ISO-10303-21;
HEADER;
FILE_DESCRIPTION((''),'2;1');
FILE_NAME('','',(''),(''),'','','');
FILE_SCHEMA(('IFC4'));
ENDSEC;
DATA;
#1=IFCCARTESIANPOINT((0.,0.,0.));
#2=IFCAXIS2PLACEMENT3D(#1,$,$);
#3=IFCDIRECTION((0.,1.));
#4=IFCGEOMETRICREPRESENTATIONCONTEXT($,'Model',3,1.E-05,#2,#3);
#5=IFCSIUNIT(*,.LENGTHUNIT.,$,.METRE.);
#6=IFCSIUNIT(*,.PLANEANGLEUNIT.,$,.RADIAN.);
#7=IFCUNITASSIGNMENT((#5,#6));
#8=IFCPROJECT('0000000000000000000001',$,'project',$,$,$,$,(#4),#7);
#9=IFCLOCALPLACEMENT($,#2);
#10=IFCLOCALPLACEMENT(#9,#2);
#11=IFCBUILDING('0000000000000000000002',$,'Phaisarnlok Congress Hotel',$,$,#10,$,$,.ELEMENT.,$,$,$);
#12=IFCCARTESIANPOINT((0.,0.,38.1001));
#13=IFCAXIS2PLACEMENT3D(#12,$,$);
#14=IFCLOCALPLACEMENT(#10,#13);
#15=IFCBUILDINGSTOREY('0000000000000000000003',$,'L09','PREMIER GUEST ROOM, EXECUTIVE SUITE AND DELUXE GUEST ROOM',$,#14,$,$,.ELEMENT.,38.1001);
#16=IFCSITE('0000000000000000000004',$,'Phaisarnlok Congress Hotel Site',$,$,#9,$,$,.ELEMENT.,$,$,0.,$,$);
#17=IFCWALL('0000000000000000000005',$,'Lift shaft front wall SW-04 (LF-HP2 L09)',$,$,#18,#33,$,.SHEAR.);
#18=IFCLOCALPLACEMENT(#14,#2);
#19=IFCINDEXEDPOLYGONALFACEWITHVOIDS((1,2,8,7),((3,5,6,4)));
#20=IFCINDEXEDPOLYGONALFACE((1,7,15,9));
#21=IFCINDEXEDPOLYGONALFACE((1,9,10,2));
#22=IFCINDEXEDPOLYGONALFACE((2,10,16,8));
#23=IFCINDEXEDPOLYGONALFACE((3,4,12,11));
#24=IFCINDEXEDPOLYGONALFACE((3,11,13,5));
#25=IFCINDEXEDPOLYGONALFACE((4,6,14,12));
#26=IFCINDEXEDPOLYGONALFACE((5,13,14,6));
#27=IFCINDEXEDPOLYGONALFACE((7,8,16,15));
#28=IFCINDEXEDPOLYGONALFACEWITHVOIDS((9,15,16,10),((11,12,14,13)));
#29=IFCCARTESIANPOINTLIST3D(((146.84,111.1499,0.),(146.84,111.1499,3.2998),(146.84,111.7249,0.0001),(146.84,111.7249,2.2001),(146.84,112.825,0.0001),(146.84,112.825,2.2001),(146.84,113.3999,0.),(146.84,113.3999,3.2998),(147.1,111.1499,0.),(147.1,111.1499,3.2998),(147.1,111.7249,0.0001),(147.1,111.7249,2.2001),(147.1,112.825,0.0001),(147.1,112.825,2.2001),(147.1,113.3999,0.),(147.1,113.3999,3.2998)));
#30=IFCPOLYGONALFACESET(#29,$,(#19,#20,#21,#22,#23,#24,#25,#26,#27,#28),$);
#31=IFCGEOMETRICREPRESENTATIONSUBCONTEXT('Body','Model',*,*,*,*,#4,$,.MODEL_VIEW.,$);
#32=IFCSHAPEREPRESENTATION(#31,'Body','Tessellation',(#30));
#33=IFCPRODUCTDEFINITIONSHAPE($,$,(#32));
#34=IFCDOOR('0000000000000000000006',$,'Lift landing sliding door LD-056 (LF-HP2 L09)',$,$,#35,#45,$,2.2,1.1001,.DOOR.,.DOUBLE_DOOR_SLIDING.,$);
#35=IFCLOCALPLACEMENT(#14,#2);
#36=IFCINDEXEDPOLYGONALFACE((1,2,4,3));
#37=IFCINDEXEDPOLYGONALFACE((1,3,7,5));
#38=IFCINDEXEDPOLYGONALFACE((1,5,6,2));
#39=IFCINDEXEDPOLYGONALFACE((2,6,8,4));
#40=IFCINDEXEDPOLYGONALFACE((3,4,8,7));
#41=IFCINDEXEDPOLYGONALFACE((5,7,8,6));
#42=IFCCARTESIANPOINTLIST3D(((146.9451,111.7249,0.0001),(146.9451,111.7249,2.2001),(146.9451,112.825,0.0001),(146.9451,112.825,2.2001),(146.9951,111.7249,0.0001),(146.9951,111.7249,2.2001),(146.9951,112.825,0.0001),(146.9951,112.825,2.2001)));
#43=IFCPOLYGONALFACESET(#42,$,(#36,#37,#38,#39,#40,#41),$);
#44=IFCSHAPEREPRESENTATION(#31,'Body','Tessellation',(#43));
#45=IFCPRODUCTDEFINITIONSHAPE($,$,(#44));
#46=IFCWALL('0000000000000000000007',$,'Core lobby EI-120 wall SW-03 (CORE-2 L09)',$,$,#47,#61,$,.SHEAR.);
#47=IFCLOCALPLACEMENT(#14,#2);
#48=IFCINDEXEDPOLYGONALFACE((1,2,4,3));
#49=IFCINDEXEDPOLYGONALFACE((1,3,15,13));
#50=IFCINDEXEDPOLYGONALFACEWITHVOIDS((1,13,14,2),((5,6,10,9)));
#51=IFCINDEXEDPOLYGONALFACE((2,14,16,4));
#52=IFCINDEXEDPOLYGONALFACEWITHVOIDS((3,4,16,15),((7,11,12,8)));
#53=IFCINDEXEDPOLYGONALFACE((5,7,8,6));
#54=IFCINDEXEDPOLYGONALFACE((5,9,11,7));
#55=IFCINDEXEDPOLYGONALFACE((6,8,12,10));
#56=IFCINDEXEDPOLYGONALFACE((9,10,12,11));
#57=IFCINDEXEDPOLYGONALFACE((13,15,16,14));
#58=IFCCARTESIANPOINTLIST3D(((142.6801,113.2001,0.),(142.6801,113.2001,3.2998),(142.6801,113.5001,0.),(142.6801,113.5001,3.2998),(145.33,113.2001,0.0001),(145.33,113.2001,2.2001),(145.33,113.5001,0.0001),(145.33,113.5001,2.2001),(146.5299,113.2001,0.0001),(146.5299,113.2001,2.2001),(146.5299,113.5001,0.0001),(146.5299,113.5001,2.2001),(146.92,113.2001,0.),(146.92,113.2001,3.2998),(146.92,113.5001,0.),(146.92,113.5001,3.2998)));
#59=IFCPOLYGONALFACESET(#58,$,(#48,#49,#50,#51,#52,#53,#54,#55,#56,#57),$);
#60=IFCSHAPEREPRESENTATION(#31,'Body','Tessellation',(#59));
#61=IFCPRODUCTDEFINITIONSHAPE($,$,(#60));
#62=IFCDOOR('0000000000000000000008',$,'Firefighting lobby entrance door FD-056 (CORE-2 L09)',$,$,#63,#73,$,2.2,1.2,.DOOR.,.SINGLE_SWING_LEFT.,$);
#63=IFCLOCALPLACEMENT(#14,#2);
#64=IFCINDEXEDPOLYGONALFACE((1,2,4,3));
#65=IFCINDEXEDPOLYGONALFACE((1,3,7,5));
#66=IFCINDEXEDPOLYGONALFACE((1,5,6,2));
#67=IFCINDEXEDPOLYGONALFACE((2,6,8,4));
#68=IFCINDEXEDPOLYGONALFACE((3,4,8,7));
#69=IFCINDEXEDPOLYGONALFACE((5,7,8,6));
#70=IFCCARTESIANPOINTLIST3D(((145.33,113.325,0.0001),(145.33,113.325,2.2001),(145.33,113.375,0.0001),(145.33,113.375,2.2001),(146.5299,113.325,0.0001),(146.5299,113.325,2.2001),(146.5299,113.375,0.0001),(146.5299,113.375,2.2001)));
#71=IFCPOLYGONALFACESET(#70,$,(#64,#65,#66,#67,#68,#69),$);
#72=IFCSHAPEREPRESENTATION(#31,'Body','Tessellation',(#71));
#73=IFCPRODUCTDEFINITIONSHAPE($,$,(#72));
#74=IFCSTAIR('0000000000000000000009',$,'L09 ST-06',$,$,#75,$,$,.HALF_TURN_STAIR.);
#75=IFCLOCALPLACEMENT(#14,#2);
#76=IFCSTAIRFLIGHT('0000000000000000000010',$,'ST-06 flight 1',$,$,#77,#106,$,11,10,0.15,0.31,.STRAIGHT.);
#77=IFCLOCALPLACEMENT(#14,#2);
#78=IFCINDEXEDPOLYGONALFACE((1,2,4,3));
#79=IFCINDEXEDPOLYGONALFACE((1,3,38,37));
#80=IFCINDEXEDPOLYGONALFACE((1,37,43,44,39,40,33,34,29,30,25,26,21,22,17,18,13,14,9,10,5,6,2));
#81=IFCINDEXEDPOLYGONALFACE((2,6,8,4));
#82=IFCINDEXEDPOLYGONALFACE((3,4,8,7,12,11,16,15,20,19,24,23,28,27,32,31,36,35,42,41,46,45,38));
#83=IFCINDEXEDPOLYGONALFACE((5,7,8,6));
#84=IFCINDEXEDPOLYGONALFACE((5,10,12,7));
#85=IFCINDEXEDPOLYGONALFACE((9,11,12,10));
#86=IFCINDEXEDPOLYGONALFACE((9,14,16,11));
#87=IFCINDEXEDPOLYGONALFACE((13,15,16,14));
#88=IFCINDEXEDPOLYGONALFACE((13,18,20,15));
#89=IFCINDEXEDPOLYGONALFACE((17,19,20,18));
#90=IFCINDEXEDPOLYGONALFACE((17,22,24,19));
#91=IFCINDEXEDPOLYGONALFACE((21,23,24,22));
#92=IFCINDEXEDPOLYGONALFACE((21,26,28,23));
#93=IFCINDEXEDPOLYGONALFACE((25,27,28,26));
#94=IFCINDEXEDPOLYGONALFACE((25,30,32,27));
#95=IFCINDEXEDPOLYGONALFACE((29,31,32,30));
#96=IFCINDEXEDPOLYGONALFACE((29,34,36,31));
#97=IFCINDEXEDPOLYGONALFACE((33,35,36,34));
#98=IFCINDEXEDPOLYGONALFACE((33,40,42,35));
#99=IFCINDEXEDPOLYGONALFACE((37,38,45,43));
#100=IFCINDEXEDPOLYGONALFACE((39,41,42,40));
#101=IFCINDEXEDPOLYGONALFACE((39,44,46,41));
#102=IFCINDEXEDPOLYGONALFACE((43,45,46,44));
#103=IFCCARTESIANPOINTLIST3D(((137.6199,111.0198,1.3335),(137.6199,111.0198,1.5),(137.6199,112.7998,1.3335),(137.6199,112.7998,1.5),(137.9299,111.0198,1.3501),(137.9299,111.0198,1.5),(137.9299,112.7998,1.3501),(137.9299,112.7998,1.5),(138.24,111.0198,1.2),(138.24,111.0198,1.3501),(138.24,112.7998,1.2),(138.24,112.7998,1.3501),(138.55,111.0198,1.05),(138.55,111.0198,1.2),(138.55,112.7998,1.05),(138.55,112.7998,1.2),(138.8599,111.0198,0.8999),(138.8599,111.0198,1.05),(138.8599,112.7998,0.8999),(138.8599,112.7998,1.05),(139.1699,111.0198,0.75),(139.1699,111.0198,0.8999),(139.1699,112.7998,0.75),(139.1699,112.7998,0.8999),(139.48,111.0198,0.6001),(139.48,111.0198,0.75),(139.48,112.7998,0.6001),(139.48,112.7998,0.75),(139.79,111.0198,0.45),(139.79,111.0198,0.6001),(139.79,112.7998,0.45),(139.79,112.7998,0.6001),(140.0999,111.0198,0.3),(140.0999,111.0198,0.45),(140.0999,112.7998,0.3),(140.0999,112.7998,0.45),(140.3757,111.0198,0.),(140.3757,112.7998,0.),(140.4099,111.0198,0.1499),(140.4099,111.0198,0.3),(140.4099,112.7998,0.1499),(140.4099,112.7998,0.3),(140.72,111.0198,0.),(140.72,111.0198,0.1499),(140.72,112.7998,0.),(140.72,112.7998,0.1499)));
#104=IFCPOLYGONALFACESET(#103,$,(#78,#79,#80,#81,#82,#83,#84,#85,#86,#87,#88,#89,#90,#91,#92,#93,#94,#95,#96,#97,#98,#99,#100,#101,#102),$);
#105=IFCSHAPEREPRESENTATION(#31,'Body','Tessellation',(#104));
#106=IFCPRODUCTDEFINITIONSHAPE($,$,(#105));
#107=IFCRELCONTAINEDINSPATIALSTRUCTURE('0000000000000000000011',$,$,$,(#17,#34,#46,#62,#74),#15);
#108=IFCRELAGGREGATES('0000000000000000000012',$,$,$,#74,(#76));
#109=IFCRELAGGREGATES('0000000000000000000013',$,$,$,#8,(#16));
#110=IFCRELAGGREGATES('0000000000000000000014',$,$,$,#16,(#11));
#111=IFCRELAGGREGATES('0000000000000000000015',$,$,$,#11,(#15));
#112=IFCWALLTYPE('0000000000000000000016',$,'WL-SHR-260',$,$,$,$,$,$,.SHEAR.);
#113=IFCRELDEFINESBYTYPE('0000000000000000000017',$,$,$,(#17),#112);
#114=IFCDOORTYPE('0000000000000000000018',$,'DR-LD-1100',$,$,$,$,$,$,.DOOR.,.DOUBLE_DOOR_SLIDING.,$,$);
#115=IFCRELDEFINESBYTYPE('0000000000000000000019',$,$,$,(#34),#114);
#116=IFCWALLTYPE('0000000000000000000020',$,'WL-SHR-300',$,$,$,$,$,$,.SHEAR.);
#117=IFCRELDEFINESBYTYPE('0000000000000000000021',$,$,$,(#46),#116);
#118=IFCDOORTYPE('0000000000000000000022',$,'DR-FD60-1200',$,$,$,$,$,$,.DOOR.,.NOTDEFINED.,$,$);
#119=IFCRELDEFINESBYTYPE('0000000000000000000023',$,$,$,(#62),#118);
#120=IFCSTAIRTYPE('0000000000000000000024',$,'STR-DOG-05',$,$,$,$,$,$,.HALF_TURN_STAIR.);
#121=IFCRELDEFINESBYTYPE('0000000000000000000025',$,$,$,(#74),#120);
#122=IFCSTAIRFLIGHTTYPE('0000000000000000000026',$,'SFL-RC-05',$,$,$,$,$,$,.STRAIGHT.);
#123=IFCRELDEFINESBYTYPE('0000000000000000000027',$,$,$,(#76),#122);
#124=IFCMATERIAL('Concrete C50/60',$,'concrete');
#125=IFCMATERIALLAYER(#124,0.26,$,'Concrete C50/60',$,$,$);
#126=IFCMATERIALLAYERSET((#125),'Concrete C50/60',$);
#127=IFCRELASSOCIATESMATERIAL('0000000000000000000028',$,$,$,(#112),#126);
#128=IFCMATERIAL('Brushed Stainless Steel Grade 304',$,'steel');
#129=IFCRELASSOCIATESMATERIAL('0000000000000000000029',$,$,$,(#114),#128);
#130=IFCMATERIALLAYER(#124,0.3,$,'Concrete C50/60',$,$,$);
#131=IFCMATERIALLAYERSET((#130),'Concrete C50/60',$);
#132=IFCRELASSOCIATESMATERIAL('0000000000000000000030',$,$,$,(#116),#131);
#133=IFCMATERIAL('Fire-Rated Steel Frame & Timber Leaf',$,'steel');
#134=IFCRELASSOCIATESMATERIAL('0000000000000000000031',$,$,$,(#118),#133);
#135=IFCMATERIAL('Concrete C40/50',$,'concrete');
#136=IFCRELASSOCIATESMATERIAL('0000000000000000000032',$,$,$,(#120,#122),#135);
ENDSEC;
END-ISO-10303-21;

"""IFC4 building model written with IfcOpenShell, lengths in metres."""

from ifc_helpers import new_model, si_unit, direction, frame, frame_2d, origin, place, context, subcontext, project, spatial, polyline, rectangle, outline, extrude, material, layer, layer_set, type_object, element, fill, aggregate, save


model = new_model("IFC4")

# Units and contexts
model_context = context("Model", 3, precision=1e-05, world=origin(), true_north=direction((0.0, 1.0)))
body_context = subcontext(model_context, "Body", "Model", "MODEL_VIEW")
ifc_project = project(units=[si_unit("LENGTHUNIT", "METRE"), si_unit("PLANEANGLEUNIT", "RADIAN")], contexts=[model_context])

# Site, building, storey
site_placement = place(None, origin())
site = spatial("IfcSite", under=ifc_project, at=site_placement, Name="Phaisarnlok Congress Hotel Site", CompositionType="ELEMENT", RefElevation=0.0)
building_placement = place(site_placement, origin())
building = spatial("IfcBuilding", under=site, at=building_placement, Name="Phaisarnlok Congress Hotel", CompositionType="ELEMENT")
storey_placement = place(building_placement, frame((0.0, 0.0, 38.1001)))
storey = spatial("IfcBuildingStorey", under=building, at=storey_placement, Name="L09", Description="PREMIER GUEST ROOM, EXECUTIVE SUITE AND DELUXE GUEST ROOM", CompositionType="ELEMENT", Elevation=38.1001)

# Shared definitions
ifc_material_1 = material(Name="Concrete C50/60", Category="concrete")

# Shared definitions
ifc_layer_1 = layer(ifc_material_1, 0.26, Name="Concrete C50/60")
ifc_layer_set_1 = layer_set([ifc_layer_1], Name="Concrete C50/60")
wall_type_1 = type_object("IfcWallType", Name="WL-SHR-260", PredefinedType="SHEAR", material=ifc_layer_set_1)

# Walls, openings, doors
wall_1_placement = place(storey_placement, frame((146.97, 111.1499, 0.0), z_axis=(0.0, 0.0, 1.0), x_axis=(0.0, 1.0, 0.0)))
wall_1 = element("IfcWall", 1, at=wall_1_placement, inside=storey, type_object=wall_type_1, Name="Lift shaft front wall SW-04 (LF-HP2 L09)", PredefinedType="SHEAR", context=body_context, shape_type="SweptSolid", body=[
    extrude(rectangle(XDim=2.25, YDim=0.26, at=frame_2d((1.125, 0.0))), origin(), (0.0, 0.0, 1.0), 3.2998),
])
opening_1_placement = place(wall_1_placement, frame((0.575, 0.0, 0.0)))
opening_1 = element("IfcOpeningElement", 2, at=opening_1_placement, cuts=wall_1, PredefinedType="OPENING", context=body_context, shape_type="SweptSolid", body=[
    extrude(rectangle(XDim=1.1001, YDim=2.2, at=frame_2d((0.55, 1.1001))), frame((0.0, 0.1401, 0.0), z_axis=(0.0, -1.0, 0.0), x_axis=(1.0, 0.0, 0.0)), (0.0, 0.0, 1.0), 0.28),
])
ifc_material_2 = material(Name="Brushed Stainless Steel Grade 304", Category="steel")
door_type_1 = type_object("IfcDoorType", Name="DR-LD-1100", OperationType="DOUBLE_DOOR_SLIDING", PredefinedType="DOOR", material=ifc_material_2)
door_1_placement = place(opening_1_placement, origin())
door_1 = element("IfcDoor", 3, at=door_1_placement, inside=storey, type_object=door_type_1, Name="Lift landing sliding door LD-056 (LF-HP2 L09)", OperationType="DOUBLE_DOOR_SLIDING", OverallHeight=2.2, OverallWidth=1.1001, PredefinedType="DOOR", context=body_context, shape_type="SweptSolid", body=[
    extrude(rectangle(XDim=1.1001, YDim=2.2, at=frame_2d((0.55, 1.1001))), frame((0.0, 0.0249, 0.0), z_axis=(0.0, -1.0, 0.0), x_axis=(1.0, 0.0, 0.0)), (0.0, 0.0, 1.0), 0.05),
])
fill(opening_1, door_1)
ifc_layer_2 = layer(ifc_material_1, 0.3, Name="Concrete C50/60")
ifc_layer_set_2 = layer_set([ifc_layer_2], Name="Concrete C50/60")
wall_type_2 = type_object("IfcWallType", Name="WL-SHR-300", PredefinedType="SHEAR", material=ifc_layer_set_2)
wall_2_placement = place(storey_placement, frame((142.6799, 113.3501, 0.0), z_axis=(0.0, 0.0, 1.0), x_axis=(1.0, 0.0, 0.0)))
wall_2 = element("IfcWall", 4, at=wall_2_placement, inside=storey, type_object=wall_type_2, Name="Core lobby EI-120 wall SW-03 (CORE-2 L09)", PredefinedType="SHEAR", context=body_context, shape_type="SweptSolid", body=[
    extrude(rectangle(XDim=4.24, YDim=0.3, at=frame_2d((2.1201, 0.0))), origin(), (0.0, 0.0, 1.0), 3.2998),
])
opening_2_placement = place(wall_2_placement, frame((2.6499, 0.0, 0.0)))
opening_2 = element("IfcOpeningElement", 5, at=opening_2_placement, cuts=wall_2, PredefinedType="OPENING", context=body_context, shape_type="SweptSolid", body=[
    extrude(rectangle(XDim=1.2, YDim=2.2, at=frame_2d((0.6001, 1.1001))), frame((0.0, 0.1602, 0.0), z_axis=(0.0, -1.0, 0.0), x_axis=(1.0, 0.0, 0.0)), (0.0, 0.0, 1.0), 0.3201),
])
ifc_material_3 = material(Name="Fire-Rated Steel Frame & Timber Leaf", Category="steel")
door_type_2 = type_object("IfcDoorType", Name="DR-FD60-1200", OperationType="NOTDEFINED", PredefinedType="DOOR", material=ifc_material_3)
door_2_placement = place(opening_2_placement, origin())
door_2 = element("IfcDoor", 6, at=door_2_placement, inside=storey, type_object=door_type_2, Name="Firefighting lobby entrance door FD-056 (CORE-2 L09)", OperationType="SINGLE_SWING_LEFT", OverallHeight=2.2, OverallWidth=1.2, PredefinedType="DOOR", context=body_context, shape_type="SweptSolid", body=[
    extrude(rectangle(XDim=1.2, YDim=2.2, at=frame_2d((0.6001, 1.1001))), frame((0.0, 0.0249, 0.0), z_axis=(0.0, -1.0, 0.0), x_axis=(1.0, 0.0, 0.0)), (0.0, 0.0, 1.0), 0.05),
])
fill(opening_2, door_2)

# Stair, stair flight
ifc_material_4 = material(Name="Concrete C40/50", Category="concrete")
stair_type = type_object("IfcStairType", Name="STR-DOG-05", PredefinedType="HALF_TURN_STAIR", material=ifc_material_4)
stair_placement = place(storey_placement, origin())
stair = element("IfcStair", 7, at=stair_placement, inside=storey, type_object=stair_type, Name="L09 ST-06", PredefinedType="HALF_TURN_STAIR")
stair_flight_type = type_object("IfcStairFlightType", Name="SFL-RC-05", PredefinedType="STRAIGHT", material=ifc_material_4)
stair_flight_placement = place(storey_placement, frame((140.72, 111.9099, 0.0), z_axis=(0.0, 0.0, 1.0), x_axis=(-1.0, 0.0, 0.0)))
stair_flight = element("IfcStairFlight", 8, at=stair_flight_placement, type_object=stair_flight_type, Name="ST-06 flight 1", NumberOfRisers=11, NumberOfTreads=10, PredefinedType="STRAIGHT", RiserHeight=0.15, TreadLength=0.31, context=body_context, shape_type="SweptSolid", body=[
    extrude(outline(polyline([(0.0, 0.0), (0.0, 0.1499), (0.3101, 0.1499), (0.3101, 0.3), (0.6201, 0.3), (0.6201, 0.45), (0.9299, 0.45), (0.9299, 0.6001), (1.24, 0.6001), (1.24, 0.75), (1.55, 0.75), (1.55, 0.8999), (1.8601, 0.8999), (1.8601, 1.05), (2.1699, 1.05), (2.1699, 1.2), (2.48, 1.2), (2.48, 1.3501), (2.79, 1.3501), (2.79, 1.5), (3.1001, 1.5), (3.1001, 1.6499), (3.1001, 1.3335), (0.3442, 0.0), (0.0, 0.0)])), frame((0.0, 0.8901, 0.0), z_axis=(0.0, -1.0, 0.0), x_axis=(1.0, 0.0, 0.0)), (0.0, 0.0, 1.0), 1.78),
])
aggregate(stair, [stair_flight])

save(model, "model.ifc")
